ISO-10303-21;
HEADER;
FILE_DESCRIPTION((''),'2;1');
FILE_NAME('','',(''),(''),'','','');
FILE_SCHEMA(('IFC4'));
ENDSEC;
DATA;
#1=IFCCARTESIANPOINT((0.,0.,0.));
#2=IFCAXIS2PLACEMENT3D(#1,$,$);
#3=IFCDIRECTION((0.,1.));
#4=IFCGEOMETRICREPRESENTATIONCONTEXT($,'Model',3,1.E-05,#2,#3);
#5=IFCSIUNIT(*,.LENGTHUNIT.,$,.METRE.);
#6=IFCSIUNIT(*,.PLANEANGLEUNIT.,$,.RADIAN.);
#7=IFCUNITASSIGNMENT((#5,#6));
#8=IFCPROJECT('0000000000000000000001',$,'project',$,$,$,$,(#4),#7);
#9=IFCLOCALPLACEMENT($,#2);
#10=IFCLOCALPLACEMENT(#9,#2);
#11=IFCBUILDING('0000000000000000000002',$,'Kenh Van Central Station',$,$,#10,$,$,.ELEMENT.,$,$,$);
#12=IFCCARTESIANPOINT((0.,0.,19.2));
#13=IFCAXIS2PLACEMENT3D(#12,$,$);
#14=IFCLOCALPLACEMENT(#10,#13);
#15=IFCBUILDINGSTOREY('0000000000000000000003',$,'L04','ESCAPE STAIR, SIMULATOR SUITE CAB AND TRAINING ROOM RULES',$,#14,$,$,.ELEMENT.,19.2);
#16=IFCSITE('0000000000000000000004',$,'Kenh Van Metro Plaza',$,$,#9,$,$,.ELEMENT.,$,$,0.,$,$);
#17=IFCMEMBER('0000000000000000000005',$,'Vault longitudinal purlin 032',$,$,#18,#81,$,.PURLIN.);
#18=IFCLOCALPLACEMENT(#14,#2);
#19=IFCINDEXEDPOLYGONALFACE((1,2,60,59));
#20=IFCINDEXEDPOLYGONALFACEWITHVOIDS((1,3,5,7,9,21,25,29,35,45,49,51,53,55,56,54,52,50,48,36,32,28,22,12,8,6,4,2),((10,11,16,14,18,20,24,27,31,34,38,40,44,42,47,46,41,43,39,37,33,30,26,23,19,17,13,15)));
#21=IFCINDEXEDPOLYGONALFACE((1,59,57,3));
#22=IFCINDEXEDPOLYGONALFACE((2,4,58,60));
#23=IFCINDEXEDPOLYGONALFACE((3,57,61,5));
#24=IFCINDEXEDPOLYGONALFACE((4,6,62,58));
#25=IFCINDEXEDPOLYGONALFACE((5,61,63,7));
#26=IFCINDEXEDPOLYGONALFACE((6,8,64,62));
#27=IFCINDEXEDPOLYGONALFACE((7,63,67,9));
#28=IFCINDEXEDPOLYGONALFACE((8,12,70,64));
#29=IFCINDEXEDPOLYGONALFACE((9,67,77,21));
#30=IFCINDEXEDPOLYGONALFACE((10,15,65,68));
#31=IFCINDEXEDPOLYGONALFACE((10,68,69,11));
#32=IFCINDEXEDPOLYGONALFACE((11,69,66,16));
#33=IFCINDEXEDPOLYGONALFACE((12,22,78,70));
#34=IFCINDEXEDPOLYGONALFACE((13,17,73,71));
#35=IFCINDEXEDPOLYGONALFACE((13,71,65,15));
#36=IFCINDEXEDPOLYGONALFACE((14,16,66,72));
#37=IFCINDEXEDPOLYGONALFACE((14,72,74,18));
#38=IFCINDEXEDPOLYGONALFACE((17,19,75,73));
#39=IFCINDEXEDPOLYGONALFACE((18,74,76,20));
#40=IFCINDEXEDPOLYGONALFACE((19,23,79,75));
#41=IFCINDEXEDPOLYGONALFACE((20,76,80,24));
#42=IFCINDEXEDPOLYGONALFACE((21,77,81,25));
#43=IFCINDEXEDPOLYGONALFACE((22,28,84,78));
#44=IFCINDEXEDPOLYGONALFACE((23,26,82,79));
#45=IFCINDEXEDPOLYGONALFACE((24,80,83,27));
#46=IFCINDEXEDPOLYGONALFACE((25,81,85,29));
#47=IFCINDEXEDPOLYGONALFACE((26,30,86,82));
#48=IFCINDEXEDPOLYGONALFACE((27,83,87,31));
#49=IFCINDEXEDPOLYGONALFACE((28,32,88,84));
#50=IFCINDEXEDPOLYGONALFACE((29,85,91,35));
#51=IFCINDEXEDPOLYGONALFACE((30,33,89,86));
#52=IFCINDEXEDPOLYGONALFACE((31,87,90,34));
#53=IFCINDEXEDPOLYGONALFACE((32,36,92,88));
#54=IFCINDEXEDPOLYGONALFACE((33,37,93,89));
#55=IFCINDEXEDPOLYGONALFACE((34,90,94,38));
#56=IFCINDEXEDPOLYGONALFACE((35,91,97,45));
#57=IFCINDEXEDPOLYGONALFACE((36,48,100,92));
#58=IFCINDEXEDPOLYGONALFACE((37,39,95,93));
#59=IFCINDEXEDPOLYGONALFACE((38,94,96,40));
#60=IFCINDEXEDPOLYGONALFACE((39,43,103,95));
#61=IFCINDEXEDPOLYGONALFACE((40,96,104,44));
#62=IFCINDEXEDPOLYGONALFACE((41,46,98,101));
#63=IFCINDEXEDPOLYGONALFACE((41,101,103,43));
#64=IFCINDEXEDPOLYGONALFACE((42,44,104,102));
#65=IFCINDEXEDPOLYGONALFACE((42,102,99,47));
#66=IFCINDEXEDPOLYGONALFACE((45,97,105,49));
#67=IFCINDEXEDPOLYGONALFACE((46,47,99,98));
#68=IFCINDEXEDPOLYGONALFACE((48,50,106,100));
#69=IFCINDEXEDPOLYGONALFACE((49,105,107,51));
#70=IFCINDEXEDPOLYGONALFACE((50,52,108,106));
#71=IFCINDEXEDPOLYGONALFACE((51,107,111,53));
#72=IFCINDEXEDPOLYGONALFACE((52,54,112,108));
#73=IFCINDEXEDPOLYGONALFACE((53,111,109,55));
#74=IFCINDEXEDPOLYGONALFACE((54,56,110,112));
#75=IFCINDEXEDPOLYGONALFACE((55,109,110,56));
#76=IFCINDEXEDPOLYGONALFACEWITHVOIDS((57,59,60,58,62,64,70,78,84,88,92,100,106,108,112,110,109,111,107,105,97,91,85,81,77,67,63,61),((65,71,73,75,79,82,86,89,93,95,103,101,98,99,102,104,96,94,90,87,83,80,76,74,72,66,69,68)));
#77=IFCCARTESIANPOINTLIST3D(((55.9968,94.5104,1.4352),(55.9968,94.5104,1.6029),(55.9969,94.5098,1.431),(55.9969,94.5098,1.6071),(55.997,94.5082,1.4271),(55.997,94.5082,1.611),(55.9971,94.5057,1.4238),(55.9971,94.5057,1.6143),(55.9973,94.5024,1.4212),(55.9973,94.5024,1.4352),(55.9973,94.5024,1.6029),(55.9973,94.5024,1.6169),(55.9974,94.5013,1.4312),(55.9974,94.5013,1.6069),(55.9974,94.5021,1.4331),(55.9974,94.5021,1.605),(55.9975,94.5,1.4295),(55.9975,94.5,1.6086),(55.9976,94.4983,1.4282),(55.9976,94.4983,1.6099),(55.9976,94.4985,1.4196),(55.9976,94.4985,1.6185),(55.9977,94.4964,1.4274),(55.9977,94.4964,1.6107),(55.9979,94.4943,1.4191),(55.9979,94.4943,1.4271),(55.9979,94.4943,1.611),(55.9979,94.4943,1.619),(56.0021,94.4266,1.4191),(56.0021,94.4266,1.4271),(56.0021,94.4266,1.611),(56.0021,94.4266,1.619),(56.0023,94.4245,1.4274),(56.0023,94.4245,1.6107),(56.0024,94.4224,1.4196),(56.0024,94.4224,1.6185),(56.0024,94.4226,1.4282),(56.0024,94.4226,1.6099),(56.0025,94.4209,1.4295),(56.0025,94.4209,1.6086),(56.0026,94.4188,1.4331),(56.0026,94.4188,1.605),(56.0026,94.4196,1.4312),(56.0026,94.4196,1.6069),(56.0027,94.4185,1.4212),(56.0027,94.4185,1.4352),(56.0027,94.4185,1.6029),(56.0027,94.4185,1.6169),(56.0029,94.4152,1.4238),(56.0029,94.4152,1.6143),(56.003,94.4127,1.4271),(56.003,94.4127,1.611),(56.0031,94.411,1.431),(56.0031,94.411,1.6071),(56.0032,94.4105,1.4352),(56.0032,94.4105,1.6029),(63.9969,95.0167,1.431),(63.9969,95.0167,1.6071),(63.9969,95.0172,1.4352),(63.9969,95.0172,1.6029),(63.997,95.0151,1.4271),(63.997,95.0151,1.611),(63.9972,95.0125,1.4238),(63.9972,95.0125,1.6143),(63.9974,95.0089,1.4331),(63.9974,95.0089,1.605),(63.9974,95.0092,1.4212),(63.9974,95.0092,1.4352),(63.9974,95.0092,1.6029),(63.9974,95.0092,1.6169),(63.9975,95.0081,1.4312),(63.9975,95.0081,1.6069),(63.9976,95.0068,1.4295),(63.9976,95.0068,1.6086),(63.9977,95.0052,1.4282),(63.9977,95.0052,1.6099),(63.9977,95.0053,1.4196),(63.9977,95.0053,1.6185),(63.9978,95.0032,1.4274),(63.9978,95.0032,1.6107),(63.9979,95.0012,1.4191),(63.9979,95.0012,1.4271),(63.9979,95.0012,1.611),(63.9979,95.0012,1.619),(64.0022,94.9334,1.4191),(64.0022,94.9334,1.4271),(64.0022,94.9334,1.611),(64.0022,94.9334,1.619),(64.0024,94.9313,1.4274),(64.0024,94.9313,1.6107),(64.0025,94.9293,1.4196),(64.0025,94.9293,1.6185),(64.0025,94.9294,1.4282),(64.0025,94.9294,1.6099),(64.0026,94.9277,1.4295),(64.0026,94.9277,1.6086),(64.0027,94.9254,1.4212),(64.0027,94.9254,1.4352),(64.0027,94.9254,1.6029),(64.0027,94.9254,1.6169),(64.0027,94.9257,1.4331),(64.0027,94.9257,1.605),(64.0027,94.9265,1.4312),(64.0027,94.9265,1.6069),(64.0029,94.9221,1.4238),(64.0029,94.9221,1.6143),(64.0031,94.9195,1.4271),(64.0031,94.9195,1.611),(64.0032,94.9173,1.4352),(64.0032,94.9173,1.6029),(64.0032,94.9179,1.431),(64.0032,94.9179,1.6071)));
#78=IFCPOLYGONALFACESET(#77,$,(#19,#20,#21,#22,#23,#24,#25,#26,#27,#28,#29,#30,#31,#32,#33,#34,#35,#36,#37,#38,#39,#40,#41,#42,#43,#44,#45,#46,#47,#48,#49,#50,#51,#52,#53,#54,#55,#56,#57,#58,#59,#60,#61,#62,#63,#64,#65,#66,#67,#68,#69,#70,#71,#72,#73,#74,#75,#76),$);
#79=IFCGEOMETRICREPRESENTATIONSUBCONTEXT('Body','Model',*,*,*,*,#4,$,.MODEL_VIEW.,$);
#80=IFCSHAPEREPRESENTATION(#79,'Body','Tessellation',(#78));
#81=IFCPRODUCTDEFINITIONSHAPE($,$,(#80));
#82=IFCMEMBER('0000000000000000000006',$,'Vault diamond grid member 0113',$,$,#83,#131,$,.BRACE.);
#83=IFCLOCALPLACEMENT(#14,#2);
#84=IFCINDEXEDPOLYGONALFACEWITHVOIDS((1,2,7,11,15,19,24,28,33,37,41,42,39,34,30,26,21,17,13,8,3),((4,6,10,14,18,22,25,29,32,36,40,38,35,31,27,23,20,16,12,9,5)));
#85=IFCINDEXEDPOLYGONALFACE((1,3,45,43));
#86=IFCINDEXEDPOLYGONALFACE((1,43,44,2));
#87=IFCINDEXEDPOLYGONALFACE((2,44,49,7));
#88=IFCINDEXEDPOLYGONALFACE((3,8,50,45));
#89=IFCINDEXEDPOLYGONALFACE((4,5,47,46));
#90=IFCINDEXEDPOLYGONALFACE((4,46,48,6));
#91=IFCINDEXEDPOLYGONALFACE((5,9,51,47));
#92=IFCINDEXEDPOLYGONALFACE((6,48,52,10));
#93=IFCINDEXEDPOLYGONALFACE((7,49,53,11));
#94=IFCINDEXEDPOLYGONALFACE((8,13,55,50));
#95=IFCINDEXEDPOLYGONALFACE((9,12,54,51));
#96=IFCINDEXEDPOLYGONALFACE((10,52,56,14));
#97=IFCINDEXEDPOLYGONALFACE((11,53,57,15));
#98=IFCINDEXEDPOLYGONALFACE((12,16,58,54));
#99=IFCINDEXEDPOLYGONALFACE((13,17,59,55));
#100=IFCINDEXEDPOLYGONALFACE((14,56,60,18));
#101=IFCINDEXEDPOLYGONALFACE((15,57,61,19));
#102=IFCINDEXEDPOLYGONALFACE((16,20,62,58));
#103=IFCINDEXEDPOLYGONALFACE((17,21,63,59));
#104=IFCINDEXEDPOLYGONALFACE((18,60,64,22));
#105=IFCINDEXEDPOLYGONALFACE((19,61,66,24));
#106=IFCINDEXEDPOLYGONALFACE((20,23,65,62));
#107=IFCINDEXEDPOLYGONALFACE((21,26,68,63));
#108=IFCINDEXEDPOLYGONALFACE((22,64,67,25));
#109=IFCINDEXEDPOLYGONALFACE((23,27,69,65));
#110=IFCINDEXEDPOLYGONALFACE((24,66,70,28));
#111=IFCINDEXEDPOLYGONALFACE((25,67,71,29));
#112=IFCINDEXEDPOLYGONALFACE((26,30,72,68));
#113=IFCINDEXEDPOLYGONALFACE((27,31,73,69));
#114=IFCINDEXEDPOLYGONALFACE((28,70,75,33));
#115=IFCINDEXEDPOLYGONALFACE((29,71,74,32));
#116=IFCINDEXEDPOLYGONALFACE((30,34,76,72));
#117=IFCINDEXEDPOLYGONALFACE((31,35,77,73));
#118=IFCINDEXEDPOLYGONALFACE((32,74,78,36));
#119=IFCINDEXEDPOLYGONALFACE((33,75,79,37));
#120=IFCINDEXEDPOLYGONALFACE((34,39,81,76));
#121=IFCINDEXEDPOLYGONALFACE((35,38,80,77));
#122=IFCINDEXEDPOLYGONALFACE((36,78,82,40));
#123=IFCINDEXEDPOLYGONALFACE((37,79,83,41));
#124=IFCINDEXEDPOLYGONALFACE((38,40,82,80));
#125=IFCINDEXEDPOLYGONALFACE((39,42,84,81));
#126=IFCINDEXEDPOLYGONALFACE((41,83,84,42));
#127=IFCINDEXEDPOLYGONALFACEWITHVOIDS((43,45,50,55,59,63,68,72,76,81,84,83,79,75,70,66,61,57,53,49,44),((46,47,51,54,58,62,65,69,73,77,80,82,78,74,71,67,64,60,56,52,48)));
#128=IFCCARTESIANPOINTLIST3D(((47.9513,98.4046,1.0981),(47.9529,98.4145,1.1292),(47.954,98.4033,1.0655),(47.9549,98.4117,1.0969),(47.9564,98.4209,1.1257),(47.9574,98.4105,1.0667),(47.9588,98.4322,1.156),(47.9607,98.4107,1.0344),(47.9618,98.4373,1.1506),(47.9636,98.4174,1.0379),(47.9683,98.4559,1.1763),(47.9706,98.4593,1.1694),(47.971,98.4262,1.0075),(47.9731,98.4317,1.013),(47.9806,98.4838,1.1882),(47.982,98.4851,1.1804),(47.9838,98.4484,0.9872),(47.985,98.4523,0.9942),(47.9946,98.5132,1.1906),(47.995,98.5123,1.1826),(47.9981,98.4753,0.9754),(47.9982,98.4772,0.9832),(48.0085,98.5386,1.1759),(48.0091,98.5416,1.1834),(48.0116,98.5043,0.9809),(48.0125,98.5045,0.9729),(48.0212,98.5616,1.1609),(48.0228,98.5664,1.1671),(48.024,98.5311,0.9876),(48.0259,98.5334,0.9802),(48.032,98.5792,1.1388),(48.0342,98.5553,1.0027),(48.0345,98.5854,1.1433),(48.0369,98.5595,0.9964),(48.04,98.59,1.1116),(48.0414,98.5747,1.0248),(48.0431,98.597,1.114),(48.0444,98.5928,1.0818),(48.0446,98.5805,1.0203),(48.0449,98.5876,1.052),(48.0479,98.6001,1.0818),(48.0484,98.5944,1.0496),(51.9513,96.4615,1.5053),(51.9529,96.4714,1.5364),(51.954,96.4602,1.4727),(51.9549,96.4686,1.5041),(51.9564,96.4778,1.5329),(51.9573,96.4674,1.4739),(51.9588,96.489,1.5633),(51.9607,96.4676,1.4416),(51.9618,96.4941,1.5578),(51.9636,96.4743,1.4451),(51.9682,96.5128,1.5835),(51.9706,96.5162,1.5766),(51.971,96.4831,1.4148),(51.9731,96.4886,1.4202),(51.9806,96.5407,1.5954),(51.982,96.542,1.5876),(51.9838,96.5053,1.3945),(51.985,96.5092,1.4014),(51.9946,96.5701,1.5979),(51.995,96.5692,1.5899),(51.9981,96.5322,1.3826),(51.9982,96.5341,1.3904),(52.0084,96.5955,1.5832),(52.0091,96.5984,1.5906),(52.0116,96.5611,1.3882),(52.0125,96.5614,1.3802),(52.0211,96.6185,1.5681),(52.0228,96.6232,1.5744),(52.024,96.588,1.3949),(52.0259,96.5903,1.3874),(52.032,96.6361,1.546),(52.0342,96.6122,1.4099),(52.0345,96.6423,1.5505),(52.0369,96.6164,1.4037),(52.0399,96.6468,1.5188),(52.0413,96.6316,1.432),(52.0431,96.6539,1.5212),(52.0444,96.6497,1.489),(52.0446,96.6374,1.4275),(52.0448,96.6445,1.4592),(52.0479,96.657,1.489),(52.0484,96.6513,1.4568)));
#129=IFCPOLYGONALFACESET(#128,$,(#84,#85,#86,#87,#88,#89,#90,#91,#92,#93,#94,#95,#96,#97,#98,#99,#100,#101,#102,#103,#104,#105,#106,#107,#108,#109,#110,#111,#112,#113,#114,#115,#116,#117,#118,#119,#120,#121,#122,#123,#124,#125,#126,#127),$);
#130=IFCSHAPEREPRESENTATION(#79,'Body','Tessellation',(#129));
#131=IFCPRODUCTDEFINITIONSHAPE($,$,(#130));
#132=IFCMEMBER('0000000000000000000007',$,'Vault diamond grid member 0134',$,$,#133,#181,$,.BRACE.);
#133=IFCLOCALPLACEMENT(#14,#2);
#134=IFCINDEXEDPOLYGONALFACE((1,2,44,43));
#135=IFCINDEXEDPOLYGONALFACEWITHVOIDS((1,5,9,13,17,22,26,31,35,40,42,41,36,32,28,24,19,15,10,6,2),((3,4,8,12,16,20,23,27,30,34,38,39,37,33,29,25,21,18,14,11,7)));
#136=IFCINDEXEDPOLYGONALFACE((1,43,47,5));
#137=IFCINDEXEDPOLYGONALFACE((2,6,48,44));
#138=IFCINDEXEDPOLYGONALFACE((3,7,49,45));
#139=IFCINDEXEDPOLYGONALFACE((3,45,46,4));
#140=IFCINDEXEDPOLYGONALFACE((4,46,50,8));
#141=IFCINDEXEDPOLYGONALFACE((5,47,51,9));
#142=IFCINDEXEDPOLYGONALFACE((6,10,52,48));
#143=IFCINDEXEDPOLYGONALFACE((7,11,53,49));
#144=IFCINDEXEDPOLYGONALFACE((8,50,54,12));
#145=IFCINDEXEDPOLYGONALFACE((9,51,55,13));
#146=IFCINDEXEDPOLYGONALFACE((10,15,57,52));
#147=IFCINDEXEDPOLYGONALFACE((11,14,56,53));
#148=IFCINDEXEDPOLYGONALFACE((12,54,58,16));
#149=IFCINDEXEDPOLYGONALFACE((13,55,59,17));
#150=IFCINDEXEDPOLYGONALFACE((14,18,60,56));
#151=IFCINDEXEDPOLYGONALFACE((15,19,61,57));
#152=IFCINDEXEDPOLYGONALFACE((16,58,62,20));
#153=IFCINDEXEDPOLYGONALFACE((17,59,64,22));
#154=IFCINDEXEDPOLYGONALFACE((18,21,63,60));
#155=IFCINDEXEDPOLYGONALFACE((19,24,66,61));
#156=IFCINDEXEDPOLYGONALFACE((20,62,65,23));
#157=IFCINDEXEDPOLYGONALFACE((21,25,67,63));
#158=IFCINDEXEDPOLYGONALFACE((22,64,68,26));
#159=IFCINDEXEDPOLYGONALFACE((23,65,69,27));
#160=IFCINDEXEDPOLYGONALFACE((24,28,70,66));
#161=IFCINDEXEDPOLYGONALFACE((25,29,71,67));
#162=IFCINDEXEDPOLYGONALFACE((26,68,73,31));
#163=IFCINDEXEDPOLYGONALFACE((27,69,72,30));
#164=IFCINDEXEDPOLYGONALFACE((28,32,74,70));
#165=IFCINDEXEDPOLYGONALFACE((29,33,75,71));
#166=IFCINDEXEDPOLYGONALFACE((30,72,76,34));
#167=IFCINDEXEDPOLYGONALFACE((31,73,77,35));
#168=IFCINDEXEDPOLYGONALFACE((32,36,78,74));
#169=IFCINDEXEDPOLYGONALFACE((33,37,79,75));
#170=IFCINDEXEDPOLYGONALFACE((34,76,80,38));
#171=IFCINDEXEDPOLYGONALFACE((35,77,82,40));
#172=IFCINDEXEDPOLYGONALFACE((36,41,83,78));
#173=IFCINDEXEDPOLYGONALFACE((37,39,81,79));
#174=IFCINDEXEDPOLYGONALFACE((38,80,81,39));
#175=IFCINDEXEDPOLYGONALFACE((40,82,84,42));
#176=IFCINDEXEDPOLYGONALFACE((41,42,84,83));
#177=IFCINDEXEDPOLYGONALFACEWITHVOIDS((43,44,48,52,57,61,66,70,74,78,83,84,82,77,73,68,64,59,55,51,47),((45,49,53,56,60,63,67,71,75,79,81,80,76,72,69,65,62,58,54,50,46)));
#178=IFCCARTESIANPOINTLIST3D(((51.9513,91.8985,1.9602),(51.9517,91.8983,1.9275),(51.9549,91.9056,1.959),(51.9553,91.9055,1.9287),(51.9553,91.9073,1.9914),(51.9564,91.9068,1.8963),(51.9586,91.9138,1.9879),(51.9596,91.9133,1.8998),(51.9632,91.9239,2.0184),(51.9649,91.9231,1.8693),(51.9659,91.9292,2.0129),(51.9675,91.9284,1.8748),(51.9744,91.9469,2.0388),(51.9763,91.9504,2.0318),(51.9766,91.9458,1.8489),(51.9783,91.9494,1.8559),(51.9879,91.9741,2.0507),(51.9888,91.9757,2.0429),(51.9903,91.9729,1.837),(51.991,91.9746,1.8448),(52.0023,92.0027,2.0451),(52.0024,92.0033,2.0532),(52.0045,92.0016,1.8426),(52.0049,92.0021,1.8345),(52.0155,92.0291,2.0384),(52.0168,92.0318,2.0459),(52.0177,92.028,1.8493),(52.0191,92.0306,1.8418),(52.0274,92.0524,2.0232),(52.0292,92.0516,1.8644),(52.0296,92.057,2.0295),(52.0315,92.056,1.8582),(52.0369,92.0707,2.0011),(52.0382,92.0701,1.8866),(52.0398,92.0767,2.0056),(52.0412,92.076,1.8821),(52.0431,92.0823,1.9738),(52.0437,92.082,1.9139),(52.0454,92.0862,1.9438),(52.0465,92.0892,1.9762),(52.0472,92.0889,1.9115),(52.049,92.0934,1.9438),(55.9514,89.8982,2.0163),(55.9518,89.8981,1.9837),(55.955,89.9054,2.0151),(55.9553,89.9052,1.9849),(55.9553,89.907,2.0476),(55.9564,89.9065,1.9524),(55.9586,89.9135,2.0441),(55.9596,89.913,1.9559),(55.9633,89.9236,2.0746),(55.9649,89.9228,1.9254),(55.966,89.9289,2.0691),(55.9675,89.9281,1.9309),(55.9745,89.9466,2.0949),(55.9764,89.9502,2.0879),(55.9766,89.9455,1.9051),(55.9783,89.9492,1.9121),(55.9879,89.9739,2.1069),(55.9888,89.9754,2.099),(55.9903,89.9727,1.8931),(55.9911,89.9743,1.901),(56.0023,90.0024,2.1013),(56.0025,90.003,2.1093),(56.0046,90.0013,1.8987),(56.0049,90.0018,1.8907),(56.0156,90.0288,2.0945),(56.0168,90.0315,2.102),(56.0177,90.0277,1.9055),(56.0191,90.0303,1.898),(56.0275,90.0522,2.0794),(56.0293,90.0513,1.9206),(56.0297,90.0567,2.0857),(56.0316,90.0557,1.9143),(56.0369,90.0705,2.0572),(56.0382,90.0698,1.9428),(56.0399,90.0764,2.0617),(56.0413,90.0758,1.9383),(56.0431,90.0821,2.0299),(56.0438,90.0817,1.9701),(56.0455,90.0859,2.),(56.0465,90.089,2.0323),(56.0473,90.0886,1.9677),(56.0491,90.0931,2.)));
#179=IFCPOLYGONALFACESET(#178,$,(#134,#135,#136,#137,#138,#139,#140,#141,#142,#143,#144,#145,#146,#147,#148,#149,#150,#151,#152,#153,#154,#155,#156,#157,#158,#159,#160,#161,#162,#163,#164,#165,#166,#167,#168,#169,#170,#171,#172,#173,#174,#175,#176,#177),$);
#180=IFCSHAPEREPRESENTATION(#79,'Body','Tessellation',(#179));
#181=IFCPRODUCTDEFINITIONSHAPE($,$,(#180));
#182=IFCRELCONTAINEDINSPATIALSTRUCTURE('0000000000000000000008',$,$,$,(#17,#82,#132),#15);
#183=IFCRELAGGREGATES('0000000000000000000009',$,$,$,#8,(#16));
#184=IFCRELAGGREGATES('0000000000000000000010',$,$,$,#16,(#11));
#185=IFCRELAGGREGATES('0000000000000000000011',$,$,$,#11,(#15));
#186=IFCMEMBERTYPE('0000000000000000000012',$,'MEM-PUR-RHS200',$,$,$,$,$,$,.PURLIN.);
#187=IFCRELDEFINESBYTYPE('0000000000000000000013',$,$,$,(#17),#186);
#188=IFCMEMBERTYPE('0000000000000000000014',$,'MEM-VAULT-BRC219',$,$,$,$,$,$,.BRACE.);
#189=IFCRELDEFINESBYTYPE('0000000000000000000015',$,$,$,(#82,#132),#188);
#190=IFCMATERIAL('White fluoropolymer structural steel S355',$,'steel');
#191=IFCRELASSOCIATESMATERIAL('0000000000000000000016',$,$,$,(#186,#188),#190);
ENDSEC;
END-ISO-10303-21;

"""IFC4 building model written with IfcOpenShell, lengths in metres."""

from ifc_helpers import new_model, si_unit, direction, frame, origin, origin_2d, place, context, subcontext, project, spatial, hollow_rectangle, hollow_circle, extrude, material, material_profile, profile_set, type_object, element, save


model = new_model("IFC4")

# Units and contexts
model_context = context("Model", 3, precision=1e-05, world=origin(), true_north=direction((0.0, 1.0)))
body_context = subcontext(model_context, "Body", "Model", "MODEL_VIEW")
ifc_project = project(units=[si_unit("LENGTHUNIT", "METRE"), si_unit("PLANEANGLEUNIT", "RADIAN")], contexts=[model_context])

# Site, building, storey
site_placement = place(None, origin())
site = spatial("IfcSite", under=ifc_project, at=site_placement, Name="Kenh Van Metro Plaza", CompositionType="ELEMENT", RefElevation=0.0)
building_placement = place(site_placement, origin())
building = spatial("IfcBuilding", under=site, at=building_placement, Name="Kenh Van Central Station", CompositionType="ELEMENT")
storey_placement = place(building_placement, frame((0.0, 0.0, 19.2)))
storey = spatial("IfcBuildingStorey", under=building, at=storey_placement, Name="L04", Description="ESCAPE STAIR, SIMULATOR SUITE CAB AND TRAINING ROOM RULES", CompositionType="ELEMENT", Elevation=19.2)

# Shared definitions
ifc_material_1 = material(Name="White fluoropolymer structural steel S355", Category="steel")

# Members
ifc_material_profile_1 = material_profile(ifc_material_1, hollow_rectangle(XDim=0.1001, YDim=0.2, WallThickness=0.0081, InnerFilletRadius=0.0081, OuterFilletRadius=0.0161, at=origin_2d()), Name="RHS 200x100x8")
ifc_profile_set_1 = profile_set([ifc_material_profile_1], Name="White fluoropolymer structural steel S355")
member_type_1 = type_object("IfcMemberType", Name="MEM-PUR-RHS200", PredefinedType="PURLIN", material=ifc_profile_set_1)
member_1_placement = place(storey_placement, frame((56.0, 94.4604, 1.519), z_axis=(0.997999, 0.063228, 0.0), x_axis=(-0.063228, 0.997999, 0.0)))
element("IfcMember", 1, at=member_1_placement, inside=storey, type_object=member_type_1, Name="Vault longitudinal purlin 032", PredefinedType="PURLIN", context=body_context, shape_type="SweptSolid", body=[
    extrude(hollow_rectangle(XDim=0.1001, YDim=0.2, WallThickness=0.0081, InnerFilletRadius=0.0081, OuterFilletRadius=0.0161, at=origin_2d()), origin(), (0.0, 0.0, 1.0), 8.0161),
])
ifc_material_profile_2 = material_profile(ifc_material_1, hollow_circle(Radius=0.1096, WallThickness=0.0081, at=origin_2d()), Name="CHS 219.1x8")
ifc_profile_set_2 = profile_set([ifc_material_profile_2], Name="White fluoropolymer structural steel S355")
member_type_2 = type_object("IfcMemberType", Name="MEM-VAULT-BRC219", PredefinedType="BRACE", material=ifc_profile_set_2)
member_2_placement = place(storey_placement, frame((48.0, 98.5015, 1.0818), z_axis=(0.895737, -0.43513, 0.091192), x_axis=(0.436951, 0.899485, 0.0)))
element("IfcMember", 2, at=member_2_placement, inside=storey, type_object=member_type_2, Name="Vault diamond grid member 0113", PredefinedType="BRACE", context=body_context, shape_type="SweptSolid", body=[
    extrude(hollow_circle(Radius=0.1096, WallThickness=0.0081, at=origin_2d()), origin(), (0.0, 0.0, 1.0), 4.4656),
])
member_3_placement = place(storey_placement, frame((52.0, 91.9954, 1.9438), z_axis=(0.894335, -0.447222, 0.012555), x_axis=(0.447257, 0.894405, 0.0)))
element("IfcMember", 3, at=member_3_placement, inside=storey, type_object=member_type_2, Name="Vault diamond grid member 0134", PredefinedType="BRACE", context=body_context, shape_type="SweptSolid", body=[
    extrude(hollow_circle(Radius=0.1096, WallThickness=0.0081, at=origin_2d()), origin(), (0.0, 0.0, 1.0), 4.4727),
])

save(model, "model.ifc")
